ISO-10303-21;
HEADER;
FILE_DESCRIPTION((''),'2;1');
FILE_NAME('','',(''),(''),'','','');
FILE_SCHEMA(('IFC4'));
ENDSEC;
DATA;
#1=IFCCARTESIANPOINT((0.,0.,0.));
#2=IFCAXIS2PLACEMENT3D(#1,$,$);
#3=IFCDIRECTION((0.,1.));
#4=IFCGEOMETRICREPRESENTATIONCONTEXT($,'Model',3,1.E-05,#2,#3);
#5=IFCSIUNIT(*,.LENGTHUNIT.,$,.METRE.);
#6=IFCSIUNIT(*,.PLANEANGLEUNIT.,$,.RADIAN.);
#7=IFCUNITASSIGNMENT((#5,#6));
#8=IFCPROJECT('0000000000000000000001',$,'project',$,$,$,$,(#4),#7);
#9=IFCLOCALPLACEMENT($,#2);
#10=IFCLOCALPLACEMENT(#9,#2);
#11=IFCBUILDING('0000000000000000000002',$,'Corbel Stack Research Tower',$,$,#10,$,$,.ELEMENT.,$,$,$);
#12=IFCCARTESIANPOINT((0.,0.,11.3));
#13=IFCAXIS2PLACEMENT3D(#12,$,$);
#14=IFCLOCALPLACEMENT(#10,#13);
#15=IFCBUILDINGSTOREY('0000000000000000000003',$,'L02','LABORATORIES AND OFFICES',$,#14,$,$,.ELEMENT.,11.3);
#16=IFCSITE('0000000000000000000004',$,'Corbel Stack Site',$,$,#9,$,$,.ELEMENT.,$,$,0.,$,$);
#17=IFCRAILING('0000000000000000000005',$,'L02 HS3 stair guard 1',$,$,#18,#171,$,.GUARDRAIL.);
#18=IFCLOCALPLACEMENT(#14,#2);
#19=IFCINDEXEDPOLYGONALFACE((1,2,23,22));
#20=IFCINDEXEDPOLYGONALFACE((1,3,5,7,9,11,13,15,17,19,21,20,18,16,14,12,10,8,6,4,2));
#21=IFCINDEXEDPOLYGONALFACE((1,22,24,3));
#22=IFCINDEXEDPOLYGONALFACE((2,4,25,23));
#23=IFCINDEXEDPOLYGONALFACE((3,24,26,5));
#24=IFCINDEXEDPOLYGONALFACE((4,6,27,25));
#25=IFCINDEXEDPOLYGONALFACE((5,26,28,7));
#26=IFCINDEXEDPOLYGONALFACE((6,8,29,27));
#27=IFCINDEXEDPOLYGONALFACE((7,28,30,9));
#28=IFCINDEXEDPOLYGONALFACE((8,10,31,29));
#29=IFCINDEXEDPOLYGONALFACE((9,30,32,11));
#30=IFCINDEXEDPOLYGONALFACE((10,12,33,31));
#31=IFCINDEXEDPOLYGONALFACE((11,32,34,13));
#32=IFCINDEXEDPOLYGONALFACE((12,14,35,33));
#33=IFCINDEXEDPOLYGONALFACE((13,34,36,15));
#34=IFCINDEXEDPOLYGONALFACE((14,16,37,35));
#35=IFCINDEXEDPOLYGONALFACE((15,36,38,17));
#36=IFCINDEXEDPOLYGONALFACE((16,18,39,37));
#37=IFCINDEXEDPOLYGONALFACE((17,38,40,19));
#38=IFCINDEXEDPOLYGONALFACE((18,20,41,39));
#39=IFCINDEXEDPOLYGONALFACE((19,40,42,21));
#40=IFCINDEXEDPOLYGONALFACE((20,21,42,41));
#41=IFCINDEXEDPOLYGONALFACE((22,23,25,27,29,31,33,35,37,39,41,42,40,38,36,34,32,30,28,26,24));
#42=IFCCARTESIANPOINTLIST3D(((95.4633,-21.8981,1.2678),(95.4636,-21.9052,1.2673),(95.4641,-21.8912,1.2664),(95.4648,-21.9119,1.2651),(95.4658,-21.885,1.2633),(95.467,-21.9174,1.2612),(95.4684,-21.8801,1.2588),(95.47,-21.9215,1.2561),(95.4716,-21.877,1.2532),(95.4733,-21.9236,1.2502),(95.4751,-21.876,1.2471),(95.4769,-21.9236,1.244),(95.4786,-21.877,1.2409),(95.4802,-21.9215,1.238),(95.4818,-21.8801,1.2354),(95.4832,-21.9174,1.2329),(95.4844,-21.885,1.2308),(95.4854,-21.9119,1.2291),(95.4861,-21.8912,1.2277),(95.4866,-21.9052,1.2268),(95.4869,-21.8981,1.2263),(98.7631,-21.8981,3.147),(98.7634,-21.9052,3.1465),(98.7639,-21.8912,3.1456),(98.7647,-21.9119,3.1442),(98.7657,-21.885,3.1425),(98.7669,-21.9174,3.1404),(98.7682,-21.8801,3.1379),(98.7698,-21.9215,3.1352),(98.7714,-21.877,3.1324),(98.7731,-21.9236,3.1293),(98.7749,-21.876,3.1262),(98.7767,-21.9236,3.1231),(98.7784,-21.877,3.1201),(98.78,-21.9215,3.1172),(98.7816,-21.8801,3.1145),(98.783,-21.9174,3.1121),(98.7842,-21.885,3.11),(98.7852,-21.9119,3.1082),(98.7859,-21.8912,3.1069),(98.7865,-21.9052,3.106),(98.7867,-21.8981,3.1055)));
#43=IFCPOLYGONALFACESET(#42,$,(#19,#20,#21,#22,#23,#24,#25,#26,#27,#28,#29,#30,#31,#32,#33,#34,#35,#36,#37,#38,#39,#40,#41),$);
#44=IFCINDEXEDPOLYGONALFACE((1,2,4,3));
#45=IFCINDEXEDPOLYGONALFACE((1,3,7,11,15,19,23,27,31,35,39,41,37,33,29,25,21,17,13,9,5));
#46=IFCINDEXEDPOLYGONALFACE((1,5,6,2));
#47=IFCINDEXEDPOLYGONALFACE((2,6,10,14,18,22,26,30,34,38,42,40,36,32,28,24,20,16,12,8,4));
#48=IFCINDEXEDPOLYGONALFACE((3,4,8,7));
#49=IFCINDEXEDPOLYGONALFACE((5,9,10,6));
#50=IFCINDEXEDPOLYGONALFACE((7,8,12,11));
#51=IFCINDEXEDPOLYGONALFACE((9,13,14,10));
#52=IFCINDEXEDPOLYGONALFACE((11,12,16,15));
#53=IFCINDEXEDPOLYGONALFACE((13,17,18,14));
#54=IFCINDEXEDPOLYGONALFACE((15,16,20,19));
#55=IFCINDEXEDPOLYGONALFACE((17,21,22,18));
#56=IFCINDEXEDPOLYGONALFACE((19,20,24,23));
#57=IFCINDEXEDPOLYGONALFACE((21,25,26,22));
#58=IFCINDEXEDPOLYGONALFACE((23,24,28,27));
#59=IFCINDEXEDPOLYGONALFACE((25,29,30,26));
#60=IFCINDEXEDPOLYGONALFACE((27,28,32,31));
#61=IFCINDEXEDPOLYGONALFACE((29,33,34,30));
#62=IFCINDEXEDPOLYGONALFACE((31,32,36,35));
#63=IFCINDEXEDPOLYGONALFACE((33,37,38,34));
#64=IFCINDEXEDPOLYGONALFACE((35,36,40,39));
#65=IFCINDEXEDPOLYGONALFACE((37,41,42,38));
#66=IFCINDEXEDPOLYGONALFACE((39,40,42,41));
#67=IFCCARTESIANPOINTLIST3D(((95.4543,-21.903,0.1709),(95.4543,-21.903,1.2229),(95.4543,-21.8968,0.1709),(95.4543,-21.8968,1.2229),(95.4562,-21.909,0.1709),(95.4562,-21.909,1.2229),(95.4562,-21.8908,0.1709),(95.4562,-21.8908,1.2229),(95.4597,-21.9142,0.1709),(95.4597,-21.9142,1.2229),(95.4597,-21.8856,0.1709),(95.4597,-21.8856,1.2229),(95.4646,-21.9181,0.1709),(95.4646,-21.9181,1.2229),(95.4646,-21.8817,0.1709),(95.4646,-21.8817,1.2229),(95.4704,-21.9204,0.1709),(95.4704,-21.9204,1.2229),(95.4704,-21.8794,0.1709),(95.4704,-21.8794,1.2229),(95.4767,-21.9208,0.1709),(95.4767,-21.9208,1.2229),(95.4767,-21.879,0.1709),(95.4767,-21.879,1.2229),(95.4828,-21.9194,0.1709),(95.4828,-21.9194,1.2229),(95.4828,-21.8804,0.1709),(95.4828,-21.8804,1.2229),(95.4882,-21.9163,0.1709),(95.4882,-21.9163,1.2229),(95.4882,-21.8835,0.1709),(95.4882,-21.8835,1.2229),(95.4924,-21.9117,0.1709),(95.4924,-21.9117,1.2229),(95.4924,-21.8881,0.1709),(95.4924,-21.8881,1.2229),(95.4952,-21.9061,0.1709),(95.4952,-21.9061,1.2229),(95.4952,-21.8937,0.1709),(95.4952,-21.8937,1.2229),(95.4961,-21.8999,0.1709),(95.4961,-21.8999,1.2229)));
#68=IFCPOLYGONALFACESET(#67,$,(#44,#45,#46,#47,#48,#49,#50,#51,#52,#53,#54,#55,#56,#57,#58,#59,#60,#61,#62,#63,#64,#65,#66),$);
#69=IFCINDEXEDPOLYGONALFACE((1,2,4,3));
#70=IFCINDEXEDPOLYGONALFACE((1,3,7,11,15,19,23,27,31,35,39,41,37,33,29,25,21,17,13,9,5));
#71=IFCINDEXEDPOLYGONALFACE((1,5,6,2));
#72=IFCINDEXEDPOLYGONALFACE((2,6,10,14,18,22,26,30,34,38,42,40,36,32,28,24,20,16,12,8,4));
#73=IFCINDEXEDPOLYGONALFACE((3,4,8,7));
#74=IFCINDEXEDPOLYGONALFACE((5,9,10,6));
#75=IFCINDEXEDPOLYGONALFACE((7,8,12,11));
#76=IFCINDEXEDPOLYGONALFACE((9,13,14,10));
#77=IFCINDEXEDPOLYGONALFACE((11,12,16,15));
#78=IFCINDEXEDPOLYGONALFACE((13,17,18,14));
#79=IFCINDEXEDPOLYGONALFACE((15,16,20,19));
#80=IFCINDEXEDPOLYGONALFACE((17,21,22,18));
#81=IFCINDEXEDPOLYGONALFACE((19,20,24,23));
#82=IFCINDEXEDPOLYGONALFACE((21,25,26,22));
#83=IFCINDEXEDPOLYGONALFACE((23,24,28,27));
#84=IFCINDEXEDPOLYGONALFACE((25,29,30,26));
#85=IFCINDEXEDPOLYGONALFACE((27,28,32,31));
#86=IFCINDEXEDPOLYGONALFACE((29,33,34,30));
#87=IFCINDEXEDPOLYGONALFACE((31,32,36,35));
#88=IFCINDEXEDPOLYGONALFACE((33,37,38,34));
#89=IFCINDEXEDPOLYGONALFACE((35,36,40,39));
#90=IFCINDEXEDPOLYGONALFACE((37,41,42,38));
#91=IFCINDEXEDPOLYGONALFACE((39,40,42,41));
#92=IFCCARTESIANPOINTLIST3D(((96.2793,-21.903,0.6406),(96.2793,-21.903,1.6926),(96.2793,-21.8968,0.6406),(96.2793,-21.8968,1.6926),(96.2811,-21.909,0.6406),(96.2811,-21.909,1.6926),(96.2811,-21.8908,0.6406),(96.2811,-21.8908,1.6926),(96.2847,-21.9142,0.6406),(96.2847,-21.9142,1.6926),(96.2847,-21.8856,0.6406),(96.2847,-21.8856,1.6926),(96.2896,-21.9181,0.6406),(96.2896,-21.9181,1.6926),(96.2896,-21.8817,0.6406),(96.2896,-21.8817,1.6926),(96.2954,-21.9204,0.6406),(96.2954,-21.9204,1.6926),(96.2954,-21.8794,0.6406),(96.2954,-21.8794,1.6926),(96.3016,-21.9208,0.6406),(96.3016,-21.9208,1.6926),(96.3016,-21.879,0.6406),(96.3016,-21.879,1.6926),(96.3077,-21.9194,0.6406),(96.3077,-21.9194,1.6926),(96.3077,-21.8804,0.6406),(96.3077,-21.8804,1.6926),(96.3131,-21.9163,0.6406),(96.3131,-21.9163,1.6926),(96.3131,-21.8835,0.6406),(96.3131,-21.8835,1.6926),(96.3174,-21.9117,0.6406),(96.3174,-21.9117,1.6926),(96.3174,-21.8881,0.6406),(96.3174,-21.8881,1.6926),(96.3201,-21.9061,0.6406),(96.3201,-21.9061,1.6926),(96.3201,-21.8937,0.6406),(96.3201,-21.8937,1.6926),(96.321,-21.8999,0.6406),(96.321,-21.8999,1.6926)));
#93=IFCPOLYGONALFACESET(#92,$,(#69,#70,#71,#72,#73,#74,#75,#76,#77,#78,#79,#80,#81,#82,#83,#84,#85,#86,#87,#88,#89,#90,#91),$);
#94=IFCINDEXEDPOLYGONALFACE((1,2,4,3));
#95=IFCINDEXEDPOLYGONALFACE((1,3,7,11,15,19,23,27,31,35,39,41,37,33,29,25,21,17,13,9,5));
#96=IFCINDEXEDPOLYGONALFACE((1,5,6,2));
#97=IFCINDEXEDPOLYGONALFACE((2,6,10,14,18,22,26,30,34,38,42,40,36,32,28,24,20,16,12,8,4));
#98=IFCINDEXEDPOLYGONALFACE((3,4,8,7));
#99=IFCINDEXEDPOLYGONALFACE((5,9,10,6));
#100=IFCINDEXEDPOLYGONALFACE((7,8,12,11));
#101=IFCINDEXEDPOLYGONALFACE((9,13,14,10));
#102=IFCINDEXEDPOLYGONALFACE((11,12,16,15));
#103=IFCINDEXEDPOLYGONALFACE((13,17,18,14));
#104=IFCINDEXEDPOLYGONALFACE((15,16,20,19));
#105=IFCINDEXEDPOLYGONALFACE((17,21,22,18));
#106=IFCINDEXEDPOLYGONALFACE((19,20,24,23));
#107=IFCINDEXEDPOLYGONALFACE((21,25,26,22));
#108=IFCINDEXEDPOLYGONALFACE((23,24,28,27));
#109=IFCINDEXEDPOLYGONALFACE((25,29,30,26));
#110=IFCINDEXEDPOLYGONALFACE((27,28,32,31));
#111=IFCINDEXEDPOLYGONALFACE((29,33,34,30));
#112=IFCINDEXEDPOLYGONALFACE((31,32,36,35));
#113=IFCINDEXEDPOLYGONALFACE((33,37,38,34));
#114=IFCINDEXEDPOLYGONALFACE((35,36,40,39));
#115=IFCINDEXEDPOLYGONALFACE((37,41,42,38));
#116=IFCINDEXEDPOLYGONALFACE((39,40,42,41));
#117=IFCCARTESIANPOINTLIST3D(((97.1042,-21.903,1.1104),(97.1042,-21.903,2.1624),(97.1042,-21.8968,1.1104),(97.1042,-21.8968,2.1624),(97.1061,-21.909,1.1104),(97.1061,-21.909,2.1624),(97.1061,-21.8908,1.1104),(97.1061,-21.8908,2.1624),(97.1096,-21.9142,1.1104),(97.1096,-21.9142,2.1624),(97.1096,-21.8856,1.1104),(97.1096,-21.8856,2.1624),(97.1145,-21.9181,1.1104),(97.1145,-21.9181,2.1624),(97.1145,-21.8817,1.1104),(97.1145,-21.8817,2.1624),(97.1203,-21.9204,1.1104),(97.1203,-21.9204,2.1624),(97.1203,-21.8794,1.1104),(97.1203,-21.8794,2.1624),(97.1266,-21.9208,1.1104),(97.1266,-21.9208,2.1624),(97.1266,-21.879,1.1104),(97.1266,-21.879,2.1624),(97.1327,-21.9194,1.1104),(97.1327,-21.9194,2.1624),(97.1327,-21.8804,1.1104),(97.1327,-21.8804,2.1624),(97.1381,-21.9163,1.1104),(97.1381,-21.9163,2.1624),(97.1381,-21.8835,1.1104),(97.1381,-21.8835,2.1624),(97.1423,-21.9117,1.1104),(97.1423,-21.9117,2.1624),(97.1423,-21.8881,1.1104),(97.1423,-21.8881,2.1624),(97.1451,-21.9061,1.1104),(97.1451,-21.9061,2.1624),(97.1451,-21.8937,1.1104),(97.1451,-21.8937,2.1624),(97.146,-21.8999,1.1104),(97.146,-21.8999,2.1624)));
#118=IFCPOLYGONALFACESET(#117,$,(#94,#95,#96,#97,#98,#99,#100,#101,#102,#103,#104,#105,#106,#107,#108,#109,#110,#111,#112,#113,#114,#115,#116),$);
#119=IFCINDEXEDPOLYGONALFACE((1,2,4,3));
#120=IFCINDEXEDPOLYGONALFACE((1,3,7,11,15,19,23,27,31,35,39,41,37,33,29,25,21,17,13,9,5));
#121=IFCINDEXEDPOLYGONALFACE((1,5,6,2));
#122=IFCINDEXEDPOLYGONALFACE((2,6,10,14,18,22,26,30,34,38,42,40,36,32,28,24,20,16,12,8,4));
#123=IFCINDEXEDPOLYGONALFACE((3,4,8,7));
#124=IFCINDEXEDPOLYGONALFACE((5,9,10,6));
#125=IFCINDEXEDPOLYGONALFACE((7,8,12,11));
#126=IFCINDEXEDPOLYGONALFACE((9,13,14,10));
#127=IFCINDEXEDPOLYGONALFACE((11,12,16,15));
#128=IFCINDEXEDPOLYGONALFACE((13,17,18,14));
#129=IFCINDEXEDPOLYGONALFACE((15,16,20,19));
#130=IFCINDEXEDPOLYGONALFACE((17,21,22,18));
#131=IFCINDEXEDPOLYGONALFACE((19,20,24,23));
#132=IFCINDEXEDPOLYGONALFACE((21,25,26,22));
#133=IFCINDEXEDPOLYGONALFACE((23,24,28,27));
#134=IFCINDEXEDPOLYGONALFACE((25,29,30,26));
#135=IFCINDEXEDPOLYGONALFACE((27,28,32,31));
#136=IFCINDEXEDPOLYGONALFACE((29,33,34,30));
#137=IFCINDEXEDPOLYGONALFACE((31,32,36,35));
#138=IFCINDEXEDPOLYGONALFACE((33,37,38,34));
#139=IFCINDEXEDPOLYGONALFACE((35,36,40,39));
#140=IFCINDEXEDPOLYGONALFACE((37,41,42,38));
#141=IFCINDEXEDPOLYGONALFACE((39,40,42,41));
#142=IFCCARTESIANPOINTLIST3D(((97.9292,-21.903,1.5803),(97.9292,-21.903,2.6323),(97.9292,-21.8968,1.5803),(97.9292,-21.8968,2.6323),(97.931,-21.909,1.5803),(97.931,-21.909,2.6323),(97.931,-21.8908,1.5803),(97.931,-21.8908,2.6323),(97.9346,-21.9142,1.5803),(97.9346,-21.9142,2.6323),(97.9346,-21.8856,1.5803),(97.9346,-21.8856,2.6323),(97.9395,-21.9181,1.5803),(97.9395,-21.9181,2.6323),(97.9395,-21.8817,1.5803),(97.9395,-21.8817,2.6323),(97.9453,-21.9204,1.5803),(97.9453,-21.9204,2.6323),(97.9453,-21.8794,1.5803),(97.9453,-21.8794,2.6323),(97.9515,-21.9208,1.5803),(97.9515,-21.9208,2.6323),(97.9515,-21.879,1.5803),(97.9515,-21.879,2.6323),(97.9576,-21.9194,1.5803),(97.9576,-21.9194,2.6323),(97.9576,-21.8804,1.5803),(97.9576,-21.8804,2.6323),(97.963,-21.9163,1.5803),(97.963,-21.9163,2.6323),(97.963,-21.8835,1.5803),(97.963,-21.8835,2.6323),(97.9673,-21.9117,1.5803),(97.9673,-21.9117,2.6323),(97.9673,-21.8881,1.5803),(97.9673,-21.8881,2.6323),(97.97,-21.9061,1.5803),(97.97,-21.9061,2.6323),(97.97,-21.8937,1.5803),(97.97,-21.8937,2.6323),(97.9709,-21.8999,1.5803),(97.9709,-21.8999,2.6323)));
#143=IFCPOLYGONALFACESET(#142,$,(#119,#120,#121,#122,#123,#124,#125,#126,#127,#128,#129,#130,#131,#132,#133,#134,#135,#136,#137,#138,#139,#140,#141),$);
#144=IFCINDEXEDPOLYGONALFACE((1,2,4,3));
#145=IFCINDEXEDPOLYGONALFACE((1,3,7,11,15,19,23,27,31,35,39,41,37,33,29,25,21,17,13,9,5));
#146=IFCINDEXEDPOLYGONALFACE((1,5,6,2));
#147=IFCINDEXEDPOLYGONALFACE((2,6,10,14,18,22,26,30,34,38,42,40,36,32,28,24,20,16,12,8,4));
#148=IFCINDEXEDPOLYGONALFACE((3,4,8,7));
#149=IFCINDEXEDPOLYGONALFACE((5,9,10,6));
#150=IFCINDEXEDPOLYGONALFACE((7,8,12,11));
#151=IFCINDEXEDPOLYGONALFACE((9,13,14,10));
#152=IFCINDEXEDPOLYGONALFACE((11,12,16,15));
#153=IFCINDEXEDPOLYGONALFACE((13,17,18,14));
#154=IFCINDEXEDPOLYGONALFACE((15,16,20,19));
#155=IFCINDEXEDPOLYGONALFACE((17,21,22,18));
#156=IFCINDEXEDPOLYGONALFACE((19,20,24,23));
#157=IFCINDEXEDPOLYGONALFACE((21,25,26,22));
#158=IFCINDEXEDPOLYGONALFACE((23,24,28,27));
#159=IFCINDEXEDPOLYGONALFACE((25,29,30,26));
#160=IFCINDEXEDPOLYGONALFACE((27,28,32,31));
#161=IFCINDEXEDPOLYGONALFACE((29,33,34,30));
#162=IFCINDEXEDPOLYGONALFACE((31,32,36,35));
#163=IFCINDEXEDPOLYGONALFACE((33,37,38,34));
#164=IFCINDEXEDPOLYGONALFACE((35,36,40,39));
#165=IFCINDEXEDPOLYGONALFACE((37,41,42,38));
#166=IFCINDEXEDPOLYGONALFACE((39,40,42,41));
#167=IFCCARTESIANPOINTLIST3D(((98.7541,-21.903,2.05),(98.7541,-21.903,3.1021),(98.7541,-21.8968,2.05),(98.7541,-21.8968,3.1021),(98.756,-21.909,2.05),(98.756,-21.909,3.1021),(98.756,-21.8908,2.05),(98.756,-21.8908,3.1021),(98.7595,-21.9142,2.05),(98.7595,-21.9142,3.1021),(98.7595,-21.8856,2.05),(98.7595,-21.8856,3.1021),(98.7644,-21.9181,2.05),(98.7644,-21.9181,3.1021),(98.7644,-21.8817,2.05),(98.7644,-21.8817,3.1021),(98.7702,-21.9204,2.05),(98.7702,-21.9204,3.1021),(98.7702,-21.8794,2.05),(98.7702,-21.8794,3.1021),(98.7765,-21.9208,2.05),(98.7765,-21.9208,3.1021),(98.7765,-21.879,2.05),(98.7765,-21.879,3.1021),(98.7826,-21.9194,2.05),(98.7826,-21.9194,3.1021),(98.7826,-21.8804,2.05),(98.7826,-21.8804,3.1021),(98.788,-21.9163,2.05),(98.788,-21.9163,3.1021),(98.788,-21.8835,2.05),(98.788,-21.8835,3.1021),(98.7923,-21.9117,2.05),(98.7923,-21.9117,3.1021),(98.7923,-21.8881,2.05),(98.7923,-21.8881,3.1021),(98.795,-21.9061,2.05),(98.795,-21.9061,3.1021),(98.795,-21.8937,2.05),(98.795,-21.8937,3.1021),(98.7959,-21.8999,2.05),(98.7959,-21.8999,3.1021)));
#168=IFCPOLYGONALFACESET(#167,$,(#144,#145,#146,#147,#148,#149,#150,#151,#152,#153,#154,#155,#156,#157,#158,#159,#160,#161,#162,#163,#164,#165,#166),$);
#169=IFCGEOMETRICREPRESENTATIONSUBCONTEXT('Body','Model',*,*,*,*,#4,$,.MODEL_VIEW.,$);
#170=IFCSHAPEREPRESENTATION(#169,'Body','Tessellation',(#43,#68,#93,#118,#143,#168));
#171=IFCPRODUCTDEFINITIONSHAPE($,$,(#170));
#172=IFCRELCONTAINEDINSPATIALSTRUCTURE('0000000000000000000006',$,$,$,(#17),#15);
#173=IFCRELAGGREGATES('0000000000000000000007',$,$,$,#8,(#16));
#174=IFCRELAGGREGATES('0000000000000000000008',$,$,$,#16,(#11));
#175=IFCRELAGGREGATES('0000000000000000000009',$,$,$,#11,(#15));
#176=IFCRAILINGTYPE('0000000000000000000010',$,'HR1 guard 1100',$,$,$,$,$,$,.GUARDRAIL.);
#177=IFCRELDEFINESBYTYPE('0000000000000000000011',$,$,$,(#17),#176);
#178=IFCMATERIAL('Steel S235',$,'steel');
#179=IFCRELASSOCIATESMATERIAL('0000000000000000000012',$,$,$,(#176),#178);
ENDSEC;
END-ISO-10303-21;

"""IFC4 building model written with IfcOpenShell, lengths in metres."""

from ifc_helpers import new_model, si_unit, direction, frame, origin, origin_2d, place, context, subcontext, project, spatial, circle, extrude, material, type_object, element, save


model = new_model("IFC4")

# Units and contexts
model_context = context("Model", 3, precision=1e-05, world=origin(), true_north=direction((0.0, 1.0)))
body_context = subcontext(model_context, "Body", "Model", "MODEL_VIEW")
ifc_project = project(units=[si_unit("LENGTHUNIT", "METRE"), si_unit("PLANEANGLEUNIT", "RADIAN")], contexts=[model_context])

# Site, building, storey
site_placement = place(None, origin())
site = spatial("IfcSite", under=ifc_project, at=site_placement, Name="Corbel Stack Site", CompositionType="ELEMENT", RefElevation=0.0)
building_placement = place(site_placement, origin())
building = spatial("IfcBuilding", under=site, at=building_placement, Name="Corbel Stack Research Tower", CompositionType="ELEMENT")
storey_placement = place(building_placement, frame((0.0, 0.0, 11.3)))
storey = spatial("IfcBuildingStorey", under=building, at=storey_placement, Name="L02", Description="LABORATORIES AND OFFICES", CompositionType="ELEMENT", Elevation=11.3)

# Railing
ifc_material_1 = material(Name="Steel S235", Category="steel")
railing_type_1 = type_object("IfcRailingType", Name="HR1 guard 1100", PredefinedType="GUARDRAIL", material=ifc_material_1)
railing_1_placement = place(storey_placement, frame((95.4751, -21.8999, 0.1709)))
element("IfcRailing", 1, at=railing_1_placement, inside=storey, type_object=railing_type_1, Name="L02 HS3 stair guard 1", PredefinedType="GUARDRAIL", context=body_context, shape_type="SweptSolid", body=[
    extrude(circle(Radius=0.0239, at=origin_2d()), frame((0.0, 0.0, 1.0762), z_axis=(0.868974, 0.0, 0.494857), x_axis=(0.0, 1.0, 0.0)), (0.0, 0.0, 1.0), 3.7974),
    extrude(circle(Radius=0.021, at=origin_2d()), origin(), (0.0, 0.0, 1.0), 1.052),
    extrude(circle(Radius=0.021, at=origin_2d()), frame((0.825, 0.0, 0.4697)), (0.0, 0.0, 1.0), 1.052),
    extrude(circle(Radius=0.021, at=origin_2d()), frame((1.6499, 0.0, 0.9395)), (0.0, 0.0, 1.0), 1.052),
    extrude(circle(Radius=0.021, at=origin_2d()), frame((2.4749, 0.0, 1.4094)), (0.0, 0.0, 1.0), 1.052),
    extrude(circle(Radius=0.021, at=origin_2d()), frame((3.2998, 0.0, 1.8792)), (0.0, 0.0, 1.0), 1.052),
])

save(model, "model.ifc")
